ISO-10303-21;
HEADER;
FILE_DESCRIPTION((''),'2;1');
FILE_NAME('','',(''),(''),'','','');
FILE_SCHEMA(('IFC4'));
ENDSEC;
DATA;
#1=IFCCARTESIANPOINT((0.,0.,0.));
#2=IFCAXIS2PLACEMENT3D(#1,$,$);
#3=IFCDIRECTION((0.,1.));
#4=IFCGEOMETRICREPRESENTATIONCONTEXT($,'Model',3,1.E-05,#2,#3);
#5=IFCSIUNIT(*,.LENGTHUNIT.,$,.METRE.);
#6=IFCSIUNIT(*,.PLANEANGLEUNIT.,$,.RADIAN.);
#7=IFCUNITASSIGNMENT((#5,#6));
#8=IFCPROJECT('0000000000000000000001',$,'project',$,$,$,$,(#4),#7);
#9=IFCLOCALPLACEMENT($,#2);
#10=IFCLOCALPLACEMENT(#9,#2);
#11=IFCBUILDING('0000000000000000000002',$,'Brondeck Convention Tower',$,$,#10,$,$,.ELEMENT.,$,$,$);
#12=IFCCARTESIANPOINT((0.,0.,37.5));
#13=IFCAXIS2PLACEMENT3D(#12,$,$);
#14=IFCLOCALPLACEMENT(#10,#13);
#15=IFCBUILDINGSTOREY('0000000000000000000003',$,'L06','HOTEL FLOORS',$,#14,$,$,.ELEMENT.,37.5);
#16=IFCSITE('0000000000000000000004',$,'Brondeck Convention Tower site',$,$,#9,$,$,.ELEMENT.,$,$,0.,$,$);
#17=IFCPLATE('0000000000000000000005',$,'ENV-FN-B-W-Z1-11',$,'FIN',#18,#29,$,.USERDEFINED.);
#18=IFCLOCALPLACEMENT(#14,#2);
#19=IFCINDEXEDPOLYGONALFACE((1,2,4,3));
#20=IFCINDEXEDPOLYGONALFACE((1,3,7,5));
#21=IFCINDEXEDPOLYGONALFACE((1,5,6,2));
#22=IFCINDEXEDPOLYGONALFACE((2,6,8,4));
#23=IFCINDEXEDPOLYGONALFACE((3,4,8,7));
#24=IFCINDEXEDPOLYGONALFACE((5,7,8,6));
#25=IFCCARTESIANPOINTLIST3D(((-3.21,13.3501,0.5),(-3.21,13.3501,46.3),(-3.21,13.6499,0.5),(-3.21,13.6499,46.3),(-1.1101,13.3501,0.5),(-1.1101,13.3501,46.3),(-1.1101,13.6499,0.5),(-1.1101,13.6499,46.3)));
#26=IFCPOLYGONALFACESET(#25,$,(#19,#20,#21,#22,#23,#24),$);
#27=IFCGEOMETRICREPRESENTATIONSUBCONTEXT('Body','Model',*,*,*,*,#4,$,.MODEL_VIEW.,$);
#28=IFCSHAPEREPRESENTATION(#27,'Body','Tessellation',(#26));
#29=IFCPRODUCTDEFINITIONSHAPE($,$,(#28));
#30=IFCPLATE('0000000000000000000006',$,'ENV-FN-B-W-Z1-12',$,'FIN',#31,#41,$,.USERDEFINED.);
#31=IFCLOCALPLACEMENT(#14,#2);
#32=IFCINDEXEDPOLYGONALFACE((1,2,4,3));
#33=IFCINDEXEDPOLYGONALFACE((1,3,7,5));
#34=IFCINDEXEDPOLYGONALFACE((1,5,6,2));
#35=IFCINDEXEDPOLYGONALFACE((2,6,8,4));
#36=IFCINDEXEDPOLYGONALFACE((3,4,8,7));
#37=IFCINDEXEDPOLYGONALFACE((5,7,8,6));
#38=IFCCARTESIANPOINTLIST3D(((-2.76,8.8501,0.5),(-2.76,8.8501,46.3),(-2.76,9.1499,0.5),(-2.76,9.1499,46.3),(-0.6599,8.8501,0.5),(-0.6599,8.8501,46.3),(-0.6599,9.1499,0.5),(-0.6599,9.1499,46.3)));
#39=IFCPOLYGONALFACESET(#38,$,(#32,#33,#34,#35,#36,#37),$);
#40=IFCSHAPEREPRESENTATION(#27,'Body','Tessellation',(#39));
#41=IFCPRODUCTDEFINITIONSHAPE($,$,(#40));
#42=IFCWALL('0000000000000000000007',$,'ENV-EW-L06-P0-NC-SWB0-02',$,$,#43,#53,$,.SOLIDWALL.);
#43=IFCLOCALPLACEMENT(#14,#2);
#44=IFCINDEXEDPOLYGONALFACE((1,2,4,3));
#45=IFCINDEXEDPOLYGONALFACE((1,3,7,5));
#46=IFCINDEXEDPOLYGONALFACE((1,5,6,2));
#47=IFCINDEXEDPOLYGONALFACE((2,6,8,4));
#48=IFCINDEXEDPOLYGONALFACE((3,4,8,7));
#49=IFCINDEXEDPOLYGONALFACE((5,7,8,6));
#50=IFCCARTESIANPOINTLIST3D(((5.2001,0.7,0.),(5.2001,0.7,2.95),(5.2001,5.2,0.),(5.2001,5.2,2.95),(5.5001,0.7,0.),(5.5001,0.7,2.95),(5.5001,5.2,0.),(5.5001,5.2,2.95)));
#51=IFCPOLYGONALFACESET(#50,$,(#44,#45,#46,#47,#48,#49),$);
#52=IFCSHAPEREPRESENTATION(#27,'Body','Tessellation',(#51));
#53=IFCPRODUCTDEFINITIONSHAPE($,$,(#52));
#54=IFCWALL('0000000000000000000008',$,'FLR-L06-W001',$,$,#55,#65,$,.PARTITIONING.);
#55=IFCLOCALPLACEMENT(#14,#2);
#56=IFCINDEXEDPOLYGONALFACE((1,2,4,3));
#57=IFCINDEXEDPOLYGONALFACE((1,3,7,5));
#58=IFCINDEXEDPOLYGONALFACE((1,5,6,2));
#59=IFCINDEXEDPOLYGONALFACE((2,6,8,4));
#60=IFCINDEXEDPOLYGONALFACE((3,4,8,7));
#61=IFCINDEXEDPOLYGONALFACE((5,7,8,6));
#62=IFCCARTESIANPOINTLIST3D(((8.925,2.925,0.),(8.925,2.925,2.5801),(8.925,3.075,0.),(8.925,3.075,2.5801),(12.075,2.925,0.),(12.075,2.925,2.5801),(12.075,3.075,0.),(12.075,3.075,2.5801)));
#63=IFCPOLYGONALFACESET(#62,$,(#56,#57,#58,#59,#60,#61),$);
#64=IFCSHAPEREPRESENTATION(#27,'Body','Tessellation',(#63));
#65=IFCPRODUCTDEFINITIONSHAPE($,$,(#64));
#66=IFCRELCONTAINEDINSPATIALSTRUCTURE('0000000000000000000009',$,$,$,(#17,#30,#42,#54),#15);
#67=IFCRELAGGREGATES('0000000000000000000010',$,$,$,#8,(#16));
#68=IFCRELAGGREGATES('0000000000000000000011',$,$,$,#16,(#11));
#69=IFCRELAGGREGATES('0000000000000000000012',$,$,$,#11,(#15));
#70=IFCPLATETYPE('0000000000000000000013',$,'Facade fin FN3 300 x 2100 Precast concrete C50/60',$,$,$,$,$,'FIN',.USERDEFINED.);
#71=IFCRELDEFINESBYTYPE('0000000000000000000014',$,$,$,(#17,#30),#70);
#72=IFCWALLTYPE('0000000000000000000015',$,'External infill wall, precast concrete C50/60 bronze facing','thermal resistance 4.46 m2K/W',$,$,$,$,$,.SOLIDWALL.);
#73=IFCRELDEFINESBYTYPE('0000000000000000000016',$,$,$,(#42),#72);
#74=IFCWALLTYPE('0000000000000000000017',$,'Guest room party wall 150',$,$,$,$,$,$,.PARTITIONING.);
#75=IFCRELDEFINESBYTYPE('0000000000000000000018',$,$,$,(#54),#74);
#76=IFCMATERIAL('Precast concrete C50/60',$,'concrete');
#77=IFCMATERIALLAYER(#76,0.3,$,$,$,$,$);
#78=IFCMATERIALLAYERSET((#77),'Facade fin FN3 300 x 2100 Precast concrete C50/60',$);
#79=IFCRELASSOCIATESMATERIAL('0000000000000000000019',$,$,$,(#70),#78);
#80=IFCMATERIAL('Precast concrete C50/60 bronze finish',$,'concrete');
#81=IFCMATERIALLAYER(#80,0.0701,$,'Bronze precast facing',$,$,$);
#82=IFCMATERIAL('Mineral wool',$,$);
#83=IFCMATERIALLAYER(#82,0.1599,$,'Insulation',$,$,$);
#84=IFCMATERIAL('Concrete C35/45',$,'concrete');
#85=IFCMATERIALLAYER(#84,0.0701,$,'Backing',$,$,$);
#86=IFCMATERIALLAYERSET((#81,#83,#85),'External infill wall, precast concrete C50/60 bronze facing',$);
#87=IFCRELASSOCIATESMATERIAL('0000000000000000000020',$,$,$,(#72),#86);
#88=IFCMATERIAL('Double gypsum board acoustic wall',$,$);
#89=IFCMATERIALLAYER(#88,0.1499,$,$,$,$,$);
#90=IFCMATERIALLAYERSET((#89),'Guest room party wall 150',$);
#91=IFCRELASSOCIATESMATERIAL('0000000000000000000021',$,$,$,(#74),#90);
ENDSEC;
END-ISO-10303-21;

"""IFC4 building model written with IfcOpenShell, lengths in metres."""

from ifc_helpers import new_model, si_unit, direction, frame, frame_2d, origin, place, context, subcontext, project, spatial, polyline, rectangle, outline, extrude, material, layer, layer_set, type_object, element, save


model = new_model("IFC4")

# Units and contexts
model_context = context("Model", 3, precision=1e-05, world=origin(), true_north=direction((0.0, 1.0)))
body_context = subcontext(model_context, "Body", "Model", "MODEL_VIEW")
ifc_project = project(units=[si_unit("LENGTHUNIT", "METRE"), si_unit("PLANEANGLEUNIT", "RADIAN")], contexts=[model_context])

# Site, building, storey
site_placement = place(None, origin())
site = spatial("IfcSite", under=ifc_project, at=site_placement, Name="Brondeck Convention Tower site", CompositionType="ELEMENT", RefElevation=0.0)
building_placement = place(site_placement, origin())
building = spatial("IfcBuilding", under=site, at=building_placement, Name="Brondeck Convention Tower", CompositionType="ELEMENT")
storey_placement = place(building_placement, frame((0.0, 0.0, 37.5)))
storey = spatial("IfcBuildingStorey", under=building, at=storey_placement, Name="L06", Description="HOTEL FLOORS", CompositionType="ELEMENT", Elevation=37.5)

# Shared definitions
ifc_material_1 = material(Name="Precast concrete C50/60", Category="concrete")

# Plates
ifc_layer_1 = layer(ifc_material_1, 0.3)
ifc_layer_set_1 = layer_set([ifc_layer_1], Name="Facade fin FN3 300 x 2100 Precast concrete C50/60")
plate_type_1 = type_object("IfcPlateType", Name="Facade fin FN3 300 x 2100 Precast concrete C50/60", ElementType="FIN", PredefinedType="USERDEFINED", material=ifc_layer_set_1)
plate_1_placement = place(storey_placement, frame((0.0, 0.0, 0.5)))
element("IfcPlate", 1, at=plate_1_placement, inside=storey, type_object=plate_type_1, Name="ENV-FN-B-W-Z1-11", ObjectType="FIN", PredefinedType="USERDEFINED", context=body_context, shape_type="SweptSolid", body=[
    extrude(outline(polyline([(-3.21, 13.3501), (-1.1101, 13.3501), (-1.1101, 13.6499), (-3.21, 13.6499), (-3.21, 13.3501)])), origin(), (0.0, 0.0, 1.0), 45.8),
])
plate_2_placement = place(storey_placement, frame((0.0, 0.0, 0.5)))
element("IfcPlate", 2, at=plate_2_placement, inside=storey, type_object=plate_type_1, Name="ENV-FN-B-W-Z1-12", ObjectType="FIN", PredefinedType="USERDEFINED", context=body_context, shape_type="SweptSolid", body=[
    extrude(outline(polyline([(-2.76, 8.8501), (-0.6599, 8.8501), (-0.6599, 9.1499), (-2.76, 9.1499), (-2.76, 8.8501)])), origin(), (0.0, 0.0, 1.0), 45.8),
])

# Walls
ifc_material_2 = material(Name="Precast concrete C50/60 bronze finish", Category="concrete")
ifc_layer_2 = layer(ifc_material_2, 0.0701, Name="Bronze precast facing")
ifc_material_3 = material(Name="Mineral wool")
ifc_layer_3 = layer(ifc_material_3, 0.1599, Name="Insulation")
ifc_material_4 = material(Name="Concrete C35/45", Category="concrete")
ifc_layer_4 = layer(ifc_material_4, 0.0701, Name="Backing")
ifc_layer_set_2 = layer_set([ifc_layer_2, ifc_layer_3, ifc_layer_4], Name="External infill wall, precast concrete C50/60 bronze facing")
wall_type_1 = type_object("IfcWallType", Name="External infill wall, precast concrete C50/60 bronze facing", Description="thermal resistance 4.46 m2K/W", PredefinedType="SOLIDWALL", material=ifc_layer_set_2)
wall_1_placement = place(storey_placement, frame((5.3501, 0.7, 0.0), z_axis=(0.0, 0.0, 1.0), x_axis=(0.0, 1.0, 0.0)))
element("IfcWall", 3, at=wall_1_placement, inside=storey, type_object=wall_type_1, Name="ENV-EW-L06-P0-NC-SWB0-02", PredefinedType="SOLIDWALL", context=body_context, shape_type="SweptSolid", body=[
    extrude(rectangle(XDim=4.5, YDim=0.3, at=frame_2d((2.25, 0.0))), origin(), (0.0, 0.0, 1.0), 2.95),
])
ifc_material_5 = material(Name="Double gypsum board acoustic wall")
ifc_layer_5 = layer(ifc_material_5, 0.1499)
ifc_layer_set_3 = layer_set([ifc_layer_5], Name="Guest room party wall 150")
wall_type_2 = type_object("IfcWallType", Name="Guest room party wall 150", PredefinedType="PARTITIONING", material=ifc_layer_set_3)
wall_2_placement = place(storey_placement, frame((8.925, 3.0, 0.0), z_axis=(0.0, 0.0, 1.0), x_axis=(1.0, 0.0, 0.0)))
element("IfcWall", 4, at=wall_2_placement, inside=storey, type_object=wall_type_2, Name="FLR-L06-W001", PredefinedType="PARTITIONING", context=body_context, shape_type="SweptSolid", body=[
    extrude(rectangle(XDim=3.1499, YDim=0.1499, at=frame_2d((1.575, 0.0))), origin(), (0.0, 0.0, 1.0), 2.5801),
])

save(model, "model.ifc")
